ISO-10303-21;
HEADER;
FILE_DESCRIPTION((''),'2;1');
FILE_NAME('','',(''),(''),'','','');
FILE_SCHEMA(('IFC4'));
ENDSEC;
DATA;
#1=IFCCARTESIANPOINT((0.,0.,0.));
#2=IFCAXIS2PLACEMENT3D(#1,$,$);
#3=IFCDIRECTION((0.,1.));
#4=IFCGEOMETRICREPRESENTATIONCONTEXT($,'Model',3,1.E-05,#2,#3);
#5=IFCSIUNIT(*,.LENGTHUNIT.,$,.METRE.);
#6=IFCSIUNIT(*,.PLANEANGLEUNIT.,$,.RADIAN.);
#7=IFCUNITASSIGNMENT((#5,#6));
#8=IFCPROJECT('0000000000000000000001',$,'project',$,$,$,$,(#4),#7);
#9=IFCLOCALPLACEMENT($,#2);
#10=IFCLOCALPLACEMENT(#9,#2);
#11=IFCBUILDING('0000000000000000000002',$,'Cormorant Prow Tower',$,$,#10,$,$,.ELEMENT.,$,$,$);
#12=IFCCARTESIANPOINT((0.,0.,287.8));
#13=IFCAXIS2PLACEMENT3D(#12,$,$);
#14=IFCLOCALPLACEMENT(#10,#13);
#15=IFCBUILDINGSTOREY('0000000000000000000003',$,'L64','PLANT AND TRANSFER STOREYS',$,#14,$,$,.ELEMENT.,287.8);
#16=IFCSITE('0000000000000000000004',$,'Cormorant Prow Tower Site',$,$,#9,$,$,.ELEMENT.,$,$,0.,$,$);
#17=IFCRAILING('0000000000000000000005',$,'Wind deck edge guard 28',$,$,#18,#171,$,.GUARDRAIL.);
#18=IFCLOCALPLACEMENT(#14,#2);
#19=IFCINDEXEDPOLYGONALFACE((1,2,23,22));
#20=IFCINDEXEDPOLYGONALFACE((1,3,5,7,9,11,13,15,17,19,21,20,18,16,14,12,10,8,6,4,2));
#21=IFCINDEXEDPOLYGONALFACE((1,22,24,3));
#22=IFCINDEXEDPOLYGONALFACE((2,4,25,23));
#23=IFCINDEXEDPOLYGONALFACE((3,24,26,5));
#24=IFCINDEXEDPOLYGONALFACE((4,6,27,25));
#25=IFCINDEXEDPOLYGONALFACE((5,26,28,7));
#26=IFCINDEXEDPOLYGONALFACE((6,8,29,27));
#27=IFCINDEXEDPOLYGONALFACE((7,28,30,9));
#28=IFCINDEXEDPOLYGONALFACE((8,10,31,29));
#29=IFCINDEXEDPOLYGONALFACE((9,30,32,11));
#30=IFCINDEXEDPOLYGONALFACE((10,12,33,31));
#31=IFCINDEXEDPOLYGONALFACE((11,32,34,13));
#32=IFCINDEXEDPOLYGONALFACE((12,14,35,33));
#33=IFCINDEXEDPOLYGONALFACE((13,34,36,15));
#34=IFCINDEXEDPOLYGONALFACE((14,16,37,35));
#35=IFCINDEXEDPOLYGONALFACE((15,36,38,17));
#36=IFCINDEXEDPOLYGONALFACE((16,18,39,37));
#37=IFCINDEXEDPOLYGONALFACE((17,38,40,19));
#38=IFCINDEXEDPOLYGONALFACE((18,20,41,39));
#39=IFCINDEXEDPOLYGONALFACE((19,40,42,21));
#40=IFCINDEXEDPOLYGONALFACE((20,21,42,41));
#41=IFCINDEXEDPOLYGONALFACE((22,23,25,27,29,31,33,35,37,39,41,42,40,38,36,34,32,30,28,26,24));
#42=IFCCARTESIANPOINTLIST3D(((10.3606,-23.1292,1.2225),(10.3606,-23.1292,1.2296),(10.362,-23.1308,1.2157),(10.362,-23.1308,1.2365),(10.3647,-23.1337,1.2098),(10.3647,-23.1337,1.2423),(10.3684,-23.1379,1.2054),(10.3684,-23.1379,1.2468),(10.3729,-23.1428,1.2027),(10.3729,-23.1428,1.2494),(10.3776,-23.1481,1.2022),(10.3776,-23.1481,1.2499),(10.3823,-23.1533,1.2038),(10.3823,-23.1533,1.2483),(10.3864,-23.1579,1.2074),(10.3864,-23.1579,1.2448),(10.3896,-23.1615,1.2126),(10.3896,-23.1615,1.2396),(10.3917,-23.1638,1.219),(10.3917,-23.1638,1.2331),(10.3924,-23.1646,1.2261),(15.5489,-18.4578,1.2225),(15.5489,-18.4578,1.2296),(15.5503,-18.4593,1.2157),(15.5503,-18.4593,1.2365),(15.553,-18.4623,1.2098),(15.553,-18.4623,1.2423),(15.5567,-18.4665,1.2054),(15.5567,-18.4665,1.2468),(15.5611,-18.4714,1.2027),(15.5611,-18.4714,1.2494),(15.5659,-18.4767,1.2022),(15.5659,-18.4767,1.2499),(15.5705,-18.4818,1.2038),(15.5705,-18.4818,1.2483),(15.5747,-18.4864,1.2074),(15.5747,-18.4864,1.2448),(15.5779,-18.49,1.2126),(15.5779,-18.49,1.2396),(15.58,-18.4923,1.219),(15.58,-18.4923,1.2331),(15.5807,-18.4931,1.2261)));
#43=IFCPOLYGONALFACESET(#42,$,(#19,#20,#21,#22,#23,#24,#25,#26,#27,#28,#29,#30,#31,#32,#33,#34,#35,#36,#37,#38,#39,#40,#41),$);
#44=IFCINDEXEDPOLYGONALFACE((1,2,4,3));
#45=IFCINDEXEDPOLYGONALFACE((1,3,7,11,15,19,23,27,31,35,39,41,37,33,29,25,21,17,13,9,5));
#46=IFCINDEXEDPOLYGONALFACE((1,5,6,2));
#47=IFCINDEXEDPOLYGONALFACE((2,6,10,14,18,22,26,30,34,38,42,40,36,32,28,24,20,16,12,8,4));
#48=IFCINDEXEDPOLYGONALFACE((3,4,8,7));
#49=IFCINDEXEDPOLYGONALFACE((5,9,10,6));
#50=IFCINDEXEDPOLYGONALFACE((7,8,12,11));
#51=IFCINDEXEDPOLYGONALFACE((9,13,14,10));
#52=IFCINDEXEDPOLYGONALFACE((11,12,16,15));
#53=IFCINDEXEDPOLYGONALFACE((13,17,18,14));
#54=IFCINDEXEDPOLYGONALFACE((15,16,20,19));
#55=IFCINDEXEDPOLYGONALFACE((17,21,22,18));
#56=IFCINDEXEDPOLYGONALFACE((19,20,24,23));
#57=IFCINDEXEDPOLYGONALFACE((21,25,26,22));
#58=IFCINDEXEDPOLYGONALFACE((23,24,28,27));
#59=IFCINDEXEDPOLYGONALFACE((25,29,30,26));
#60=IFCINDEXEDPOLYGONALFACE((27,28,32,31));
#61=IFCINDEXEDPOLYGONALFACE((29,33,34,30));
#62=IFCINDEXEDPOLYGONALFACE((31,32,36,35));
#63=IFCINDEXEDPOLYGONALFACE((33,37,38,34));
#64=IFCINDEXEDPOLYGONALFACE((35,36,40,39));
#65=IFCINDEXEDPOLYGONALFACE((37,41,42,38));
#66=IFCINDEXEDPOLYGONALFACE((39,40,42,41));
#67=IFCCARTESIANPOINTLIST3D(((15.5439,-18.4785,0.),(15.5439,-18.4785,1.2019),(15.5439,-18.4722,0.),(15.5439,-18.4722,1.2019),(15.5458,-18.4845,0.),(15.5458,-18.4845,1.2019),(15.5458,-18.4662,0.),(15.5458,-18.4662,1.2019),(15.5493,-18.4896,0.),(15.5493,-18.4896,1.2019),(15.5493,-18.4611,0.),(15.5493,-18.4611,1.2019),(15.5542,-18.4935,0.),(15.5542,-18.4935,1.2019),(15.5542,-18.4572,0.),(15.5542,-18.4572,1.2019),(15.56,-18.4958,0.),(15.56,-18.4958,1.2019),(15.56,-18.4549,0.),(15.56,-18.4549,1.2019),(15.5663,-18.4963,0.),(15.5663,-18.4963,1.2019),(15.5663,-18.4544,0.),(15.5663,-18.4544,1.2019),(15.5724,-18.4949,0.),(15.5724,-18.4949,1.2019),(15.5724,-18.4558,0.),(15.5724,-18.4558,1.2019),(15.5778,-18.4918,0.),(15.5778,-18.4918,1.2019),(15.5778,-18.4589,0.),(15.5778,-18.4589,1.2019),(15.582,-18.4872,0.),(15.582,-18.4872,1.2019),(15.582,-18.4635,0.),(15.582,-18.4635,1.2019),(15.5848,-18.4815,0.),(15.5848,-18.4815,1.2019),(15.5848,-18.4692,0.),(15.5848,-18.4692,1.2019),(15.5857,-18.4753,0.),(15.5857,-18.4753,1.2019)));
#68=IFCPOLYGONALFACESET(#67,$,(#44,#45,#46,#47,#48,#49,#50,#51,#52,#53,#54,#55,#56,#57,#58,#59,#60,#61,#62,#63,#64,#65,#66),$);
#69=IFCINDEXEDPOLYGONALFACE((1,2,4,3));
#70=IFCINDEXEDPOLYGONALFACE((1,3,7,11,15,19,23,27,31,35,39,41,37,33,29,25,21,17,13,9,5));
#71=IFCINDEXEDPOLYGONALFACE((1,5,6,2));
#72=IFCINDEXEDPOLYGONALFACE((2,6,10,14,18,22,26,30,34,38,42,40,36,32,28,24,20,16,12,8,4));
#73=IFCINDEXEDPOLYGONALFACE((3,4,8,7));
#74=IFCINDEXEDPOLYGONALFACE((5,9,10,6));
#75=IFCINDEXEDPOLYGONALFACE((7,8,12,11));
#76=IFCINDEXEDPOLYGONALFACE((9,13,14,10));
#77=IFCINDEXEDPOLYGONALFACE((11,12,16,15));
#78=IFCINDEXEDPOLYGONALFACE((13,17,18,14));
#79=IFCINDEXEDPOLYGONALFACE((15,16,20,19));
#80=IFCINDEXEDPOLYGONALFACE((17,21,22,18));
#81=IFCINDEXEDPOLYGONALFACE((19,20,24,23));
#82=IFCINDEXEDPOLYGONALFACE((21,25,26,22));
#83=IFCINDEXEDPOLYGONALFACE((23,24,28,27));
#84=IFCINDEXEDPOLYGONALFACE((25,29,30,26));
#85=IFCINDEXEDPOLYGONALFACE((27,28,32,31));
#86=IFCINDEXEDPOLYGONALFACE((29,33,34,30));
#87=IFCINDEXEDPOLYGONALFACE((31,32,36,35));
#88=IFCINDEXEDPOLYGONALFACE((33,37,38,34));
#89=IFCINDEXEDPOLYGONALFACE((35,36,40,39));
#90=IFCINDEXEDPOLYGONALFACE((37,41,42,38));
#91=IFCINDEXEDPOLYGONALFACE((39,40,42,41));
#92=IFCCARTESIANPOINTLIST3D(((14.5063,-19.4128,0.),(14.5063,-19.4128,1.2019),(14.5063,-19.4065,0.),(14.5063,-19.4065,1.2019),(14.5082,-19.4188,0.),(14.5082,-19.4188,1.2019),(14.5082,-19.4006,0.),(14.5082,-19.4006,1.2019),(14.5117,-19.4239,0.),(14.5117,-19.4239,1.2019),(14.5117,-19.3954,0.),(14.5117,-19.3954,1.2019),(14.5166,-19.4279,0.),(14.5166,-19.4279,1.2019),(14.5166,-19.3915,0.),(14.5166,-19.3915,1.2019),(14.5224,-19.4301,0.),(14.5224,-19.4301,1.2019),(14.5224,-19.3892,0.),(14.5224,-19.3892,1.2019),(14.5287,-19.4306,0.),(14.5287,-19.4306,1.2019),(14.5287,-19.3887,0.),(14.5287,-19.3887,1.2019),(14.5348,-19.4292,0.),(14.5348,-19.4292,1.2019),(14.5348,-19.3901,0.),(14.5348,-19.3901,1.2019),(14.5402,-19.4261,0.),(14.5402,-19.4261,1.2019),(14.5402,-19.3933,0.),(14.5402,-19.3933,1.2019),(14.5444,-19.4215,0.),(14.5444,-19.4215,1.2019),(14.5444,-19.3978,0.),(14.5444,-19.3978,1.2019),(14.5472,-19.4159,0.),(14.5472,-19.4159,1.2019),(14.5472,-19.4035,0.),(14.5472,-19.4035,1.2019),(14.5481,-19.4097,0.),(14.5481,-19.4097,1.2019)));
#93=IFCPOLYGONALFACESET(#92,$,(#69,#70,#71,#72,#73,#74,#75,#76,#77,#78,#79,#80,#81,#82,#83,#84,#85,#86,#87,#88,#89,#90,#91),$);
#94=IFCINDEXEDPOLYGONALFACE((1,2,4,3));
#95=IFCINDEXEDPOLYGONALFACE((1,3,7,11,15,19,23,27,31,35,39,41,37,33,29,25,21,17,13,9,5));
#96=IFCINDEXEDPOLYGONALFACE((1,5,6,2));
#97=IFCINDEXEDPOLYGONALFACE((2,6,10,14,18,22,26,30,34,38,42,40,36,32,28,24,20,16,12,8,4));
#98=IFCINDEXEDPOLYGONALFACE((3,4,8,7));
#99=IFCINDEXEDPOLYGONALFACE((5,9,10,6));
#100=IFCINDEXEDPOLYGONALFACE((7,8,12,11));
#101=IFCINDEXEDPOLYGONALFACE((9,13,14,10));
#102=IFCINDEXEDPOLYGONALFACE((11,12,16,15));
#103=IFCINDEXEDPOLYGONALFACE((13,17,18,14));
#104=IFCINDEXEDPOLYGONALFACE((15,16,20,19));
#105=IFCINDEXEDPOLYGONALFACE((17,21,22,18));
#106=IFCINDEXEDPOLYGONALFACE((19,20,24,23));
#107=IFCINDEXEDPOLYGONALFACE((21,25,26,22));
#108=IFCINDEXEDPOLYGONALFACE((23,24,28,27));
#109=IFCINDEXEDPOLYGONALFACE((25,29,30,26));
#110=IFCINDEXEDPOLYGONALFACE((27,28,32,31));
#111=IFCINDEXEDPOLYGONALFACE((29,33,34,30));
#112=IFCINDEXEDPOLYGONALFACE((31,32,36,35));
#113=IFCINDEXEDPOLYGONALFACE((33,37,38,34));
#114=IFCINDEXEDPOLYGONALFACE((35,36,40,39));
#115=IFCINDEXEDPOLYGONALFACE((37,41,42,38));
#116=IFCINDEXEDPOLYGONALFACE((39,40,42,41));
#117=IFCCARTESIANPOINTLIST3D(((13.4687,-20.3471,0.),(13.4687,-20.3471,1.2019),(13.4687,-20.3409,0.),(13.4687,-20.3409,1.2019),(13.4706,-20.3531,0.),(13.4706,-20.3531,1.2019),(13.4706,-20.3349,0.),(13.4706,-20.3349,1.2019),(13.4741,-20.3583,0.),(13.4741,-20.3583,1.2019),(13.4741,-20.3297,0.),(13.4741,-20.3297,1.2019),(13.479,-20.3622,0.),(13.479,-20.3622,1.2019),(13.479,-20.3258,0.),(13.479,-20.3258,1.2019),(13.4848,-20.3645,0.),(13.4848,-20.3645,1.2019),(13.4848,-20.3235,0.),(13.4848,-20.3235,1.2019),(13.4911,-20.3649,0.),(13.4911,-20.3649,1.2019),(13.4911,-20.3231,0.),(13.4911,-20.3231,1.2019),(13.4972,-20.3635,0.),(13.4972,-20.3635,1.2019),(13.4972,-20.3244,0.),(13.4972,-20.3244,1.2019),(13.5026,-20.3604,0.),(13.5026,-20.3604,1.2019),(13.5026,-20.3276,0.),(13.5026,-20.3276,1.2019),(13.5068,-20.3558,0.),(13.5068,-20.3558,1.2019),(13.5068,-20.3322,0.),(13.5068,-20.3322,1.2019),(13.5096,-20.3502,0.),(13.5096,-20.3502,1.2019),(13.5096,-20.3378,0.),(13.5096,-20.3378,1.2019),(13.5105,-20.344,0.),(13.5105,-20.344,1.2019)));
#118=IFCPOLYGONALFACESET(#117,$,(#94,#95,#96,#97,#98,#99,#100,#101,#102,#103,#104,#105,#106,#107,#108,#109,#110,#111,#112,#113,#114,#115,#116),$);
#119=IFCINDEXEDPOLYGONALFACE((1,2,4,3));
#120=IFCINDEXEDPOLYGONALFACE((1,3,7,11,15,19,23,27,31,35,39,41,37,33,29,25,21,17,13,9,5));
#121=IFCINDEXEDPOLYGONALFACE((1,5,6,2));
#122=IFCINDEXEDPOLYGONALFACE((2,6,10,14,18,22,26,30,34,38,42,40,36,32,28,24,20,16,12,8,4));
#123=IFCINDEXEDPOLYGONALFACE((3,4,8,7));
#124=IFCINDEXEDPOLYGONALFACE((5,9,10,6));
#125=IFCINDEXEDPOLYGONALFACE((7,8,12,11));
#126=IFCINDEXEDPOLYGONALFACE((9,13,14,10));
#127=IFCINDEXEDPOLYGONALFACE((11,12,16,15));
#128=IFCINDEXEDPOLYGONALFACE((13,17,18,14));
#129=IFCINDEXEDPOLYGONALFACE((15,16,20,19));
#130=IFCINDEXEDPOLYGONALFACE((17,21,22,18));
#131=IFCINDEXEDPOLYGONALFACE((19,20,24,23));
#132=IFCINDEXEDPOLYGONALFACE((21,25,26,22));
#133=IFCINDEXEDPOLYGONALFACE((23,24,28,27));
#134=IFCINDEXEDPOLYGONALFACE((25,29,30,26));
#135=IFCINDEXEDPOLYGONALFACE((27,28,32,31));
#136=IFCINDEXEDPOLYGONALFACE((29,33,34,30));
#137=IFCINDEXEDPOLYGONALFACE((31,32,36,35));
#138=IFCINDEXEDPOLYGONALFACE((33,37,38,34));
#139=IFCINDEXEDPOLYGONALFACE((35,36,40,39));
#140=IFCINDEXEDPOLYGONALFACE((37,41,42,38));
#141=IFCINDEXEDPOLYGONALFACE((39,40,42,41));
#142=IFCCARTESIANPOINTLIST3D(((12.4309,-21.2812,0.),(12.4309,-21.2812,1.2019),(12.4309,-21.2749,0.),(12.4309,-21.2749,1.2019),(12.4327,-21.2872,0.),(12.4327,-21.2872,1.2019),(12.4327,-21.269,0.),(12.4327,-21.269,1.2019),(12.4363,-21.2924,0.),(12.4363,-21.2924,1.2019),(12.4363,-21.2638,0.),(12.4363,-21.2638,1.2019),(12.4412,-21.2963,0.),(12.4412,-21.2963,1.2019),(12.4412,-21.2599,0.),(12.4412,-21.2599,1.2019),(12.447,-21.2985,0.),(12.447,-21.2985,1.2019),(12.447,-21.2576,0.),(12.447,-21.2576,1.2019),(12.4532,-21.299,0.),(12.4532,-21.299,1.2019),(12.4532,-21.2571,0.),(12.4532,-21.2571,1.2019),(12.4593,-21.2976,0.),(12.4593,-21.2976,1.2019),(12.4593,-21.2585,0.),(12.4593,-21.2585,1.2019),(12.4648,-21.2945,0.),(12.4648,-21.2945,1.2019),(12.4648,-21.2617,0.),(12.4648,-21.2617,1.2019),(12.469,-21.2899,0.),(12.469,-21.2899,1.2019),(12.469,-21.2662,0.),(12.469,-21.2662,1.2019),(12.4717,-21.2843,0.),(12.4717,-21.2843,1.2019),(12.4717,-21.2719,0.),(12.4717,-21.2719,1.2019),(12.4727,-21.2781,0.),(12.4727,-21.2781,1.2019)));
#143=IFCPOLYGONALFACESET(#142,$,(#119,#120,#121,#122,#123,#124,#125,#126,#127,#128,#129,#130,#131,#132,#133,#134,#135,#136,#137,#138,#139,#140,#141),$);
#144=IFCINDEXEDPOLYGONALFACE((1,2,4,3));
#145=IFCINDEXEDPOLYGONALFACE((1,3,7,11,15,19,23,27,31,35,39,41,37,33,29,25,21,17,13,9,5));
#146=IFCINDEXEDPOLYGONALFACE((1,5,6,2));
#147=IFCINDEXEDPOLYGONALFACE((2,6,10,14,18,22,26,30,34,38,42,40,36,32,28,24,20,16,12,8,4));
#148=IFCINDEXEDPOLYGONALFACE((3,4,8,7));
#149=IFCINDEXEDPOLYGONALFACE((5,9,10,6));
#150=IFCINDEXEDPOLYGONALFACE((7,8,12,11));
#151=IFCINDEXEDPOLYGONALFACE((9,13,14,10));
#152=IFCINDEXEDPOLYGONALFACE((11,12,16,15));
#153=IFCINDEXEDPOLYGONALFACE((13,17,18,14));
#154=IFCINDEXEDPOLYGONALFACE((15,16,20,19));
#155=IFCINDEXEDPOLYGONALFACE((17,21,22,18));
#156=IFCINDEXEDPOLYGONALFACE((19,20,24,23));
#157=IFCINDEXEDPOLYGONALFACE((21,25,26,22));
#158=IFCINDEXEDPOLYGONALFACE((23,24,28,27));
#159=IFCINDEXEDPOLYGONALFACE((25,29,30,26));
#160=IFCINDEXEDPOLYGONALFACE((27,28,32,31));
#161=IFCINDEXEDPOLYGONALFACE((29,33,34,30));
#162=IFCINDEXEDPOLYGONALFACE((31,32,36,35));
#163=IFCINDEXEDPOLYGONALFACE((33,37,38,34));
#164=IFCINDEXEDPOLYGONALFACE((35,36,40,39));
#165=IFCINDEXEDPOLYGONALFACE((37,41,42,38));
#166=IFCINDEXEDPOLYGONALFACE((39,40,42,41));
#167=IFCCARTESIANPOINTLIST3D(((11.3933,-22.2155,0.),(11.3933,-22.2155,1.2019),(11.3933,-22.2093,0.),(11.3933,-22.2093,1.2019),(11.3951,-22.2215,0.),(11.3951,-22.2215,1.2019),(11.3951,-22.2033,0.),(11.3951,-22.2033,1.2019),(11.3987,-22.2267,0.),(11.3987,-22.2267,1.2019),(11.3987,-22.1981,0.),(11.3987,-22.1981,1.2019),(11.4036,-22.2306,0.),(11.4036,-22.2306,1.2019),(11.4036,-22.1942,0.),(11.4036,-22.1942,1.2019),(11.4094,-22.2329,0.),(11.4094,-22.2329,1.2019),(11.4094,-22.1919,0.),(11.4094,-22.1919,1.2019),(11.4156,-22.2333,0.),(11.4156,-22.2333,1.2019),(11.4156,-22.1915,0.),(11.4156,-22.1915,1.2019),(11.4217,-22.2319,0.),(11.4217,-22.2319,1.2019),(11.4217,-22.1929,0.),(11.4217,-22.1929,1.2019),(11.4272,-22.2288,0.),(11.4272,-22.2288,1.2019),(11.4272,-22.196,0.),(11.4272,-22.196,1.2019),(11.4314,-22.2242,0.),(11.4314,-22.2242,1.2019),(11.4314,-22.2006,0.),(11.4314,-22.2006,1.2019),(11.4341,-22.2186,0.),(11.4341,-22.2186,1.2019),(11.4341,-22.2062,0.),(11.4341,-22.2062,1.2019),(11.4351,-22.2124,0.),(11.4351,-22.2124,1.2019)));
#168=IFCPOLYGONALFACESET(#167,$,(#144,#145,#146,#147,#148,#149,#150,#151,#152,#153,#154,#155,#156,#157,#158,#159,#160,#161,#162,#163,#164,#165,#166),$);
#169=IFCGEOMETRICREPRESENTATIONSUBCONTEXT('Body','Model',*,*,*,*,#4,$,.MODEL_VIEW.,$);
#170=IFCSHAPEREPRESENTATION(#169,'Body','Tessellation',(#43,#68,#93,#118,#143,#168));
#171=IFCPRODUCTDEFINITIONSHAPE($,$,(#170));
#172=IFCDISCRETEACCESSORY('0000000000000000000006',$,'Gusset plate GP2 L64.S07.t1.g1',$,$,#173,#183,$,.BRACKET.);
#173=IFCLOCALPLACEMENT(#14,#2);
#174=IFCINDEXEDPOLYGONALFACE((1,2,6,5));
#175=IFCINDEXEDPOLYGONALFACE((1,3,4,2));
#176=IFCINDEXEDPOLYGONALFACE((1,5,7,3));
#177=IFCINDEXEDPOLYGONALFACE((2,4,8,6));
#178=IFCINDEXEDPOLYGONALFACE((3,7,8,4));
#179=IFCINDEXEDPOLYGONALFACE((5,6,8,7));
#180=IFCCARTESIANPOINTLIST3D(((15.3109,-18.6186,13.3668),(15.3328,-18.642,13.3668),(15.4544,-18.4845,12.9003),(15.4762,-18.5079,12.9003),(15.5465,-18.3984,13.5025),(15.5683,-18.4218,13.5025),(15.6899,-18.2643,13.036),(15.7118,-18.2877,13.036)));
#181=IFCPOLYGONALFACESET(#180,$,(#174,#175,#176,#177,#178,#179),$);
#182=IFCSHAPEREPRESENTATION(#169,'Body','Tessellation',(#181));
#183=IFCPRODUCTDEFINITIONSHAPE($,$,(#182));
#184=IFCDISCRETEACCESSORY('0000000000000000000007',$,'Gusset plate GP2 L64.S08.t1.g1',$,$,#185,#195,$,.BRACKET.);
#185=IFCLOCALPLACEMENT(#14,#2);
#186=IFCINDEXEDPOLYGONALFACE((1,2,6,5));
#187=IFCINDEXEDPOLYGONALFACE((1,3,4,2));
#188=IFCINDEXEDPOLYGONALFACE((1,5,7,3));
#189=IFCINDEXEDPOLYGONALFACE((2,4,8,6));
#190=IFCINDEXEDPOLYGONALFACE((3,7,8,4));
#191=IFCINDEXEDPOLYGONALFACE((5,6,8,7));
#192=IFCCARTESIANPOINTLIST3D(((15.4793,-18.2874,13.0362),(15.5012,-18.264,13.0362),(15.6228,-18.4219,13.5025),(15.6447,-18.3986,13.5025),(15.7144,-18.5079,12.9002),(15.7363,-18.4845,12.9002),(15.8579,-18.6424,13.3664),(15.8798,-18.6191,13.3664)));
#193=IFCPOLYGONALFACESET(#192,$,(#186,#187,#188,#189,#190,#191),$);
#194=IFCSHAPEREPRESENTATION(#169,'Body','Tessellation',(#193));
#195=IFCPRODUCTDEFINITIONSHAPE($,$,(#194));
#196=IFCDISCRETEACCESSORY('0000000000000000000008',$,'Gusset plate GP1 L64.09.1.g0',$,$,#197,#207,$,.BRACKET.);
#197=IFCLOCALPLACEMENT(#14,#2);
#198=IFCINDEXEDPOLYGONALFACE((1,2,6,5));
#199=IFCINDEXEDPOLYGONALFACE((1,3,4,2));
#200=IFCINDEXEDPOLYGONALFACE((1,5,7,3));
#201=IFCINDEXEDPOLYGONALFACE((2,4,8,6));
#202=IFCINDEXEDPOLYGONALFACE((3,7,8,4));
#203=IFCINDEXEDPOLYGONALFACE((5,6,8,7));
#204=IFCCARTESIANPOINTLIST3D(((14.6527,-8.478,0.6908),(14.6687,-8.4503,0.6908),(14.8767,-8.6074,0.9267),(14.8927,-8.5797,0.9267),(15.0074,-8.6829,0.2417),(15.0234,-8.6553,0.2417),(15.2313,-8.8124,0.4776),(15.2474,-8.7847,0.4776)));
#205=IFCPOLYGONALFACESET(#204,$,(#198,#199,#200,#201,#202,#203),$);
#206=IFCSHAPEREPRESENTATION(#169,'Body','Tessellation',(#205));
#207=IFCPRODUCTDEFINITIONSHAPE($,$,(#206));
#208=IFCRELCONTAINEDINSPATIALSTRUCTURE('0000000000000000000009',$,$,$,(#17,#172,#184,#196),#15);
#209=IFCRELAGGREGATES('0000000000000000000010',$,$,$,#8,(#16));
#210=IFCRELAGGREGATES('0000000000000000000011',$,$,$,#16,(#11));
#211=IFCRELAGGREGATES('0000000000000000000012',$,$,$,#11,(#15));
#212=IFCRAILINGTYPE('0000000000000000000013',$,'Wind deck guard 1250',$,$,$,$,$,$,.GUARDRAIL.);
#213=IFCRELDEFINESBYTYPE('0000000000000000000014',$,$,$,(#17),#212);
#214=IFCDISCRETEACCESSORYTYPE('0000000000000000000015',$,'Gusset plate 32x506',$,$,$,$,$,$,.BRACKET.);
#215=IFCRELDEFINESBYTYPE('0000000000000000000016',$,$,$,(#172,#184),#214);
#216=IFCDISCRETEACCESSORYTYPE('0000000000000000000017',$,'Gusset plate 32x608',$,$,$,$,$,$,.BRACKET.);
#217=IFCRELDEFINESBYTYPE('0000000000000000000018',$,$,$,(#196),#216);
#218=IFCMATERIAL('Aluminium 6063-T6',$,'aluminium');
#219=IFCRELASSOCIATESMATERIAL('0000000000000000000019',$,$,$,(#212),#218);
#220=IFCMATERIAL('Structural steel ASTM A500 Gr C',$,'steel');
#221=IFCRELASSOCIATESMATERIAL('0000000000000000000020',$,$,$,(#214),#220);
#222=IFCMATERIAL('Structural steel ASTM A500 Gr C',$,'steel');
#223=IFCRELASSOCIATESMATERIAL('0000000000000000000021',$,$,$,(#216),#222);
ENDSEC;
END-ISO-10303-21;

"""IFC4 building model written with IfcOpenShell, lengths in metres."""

from ifc_helpers import new_model, si_unit, direction, frame, origin, origin_2d, place, context, subcontext, project, spatial, rectangle, circle, extrude, material, material_profile, profile_set, type_object, element, save


model = new_model("IFC4")

# Units and contexts
model_context = context("Model", 3, precision=1e-05, world=origin(), true_north=direction((0.0, 1.0)))
body_context = subcontext(model_context, "Body", "Model", "MODEL_VIEW")
ifc_project = project(units=[si_unit("LENGTHUNIT", "METRE"), si_unit("PLANEANGLEUNIT", "RADIAN")], contexts=[model_context])

# Site, building, storey
site_placement = place(None, origin())
site = spatial("IfcSite", under=ifc_project, at=site_placement, Name="Cormorant Prow Tower Site", CompositionType="ELEMENT", RefElevation=0.0)
building_placement = place(site_placement, origin())
building = spatial("IfcBuilding", under=site, at=building_placement, Name="Cormorant Prow Tower", CompositionType="ELEMENT")
storey_placement = place(building_placement, frame((0.0, 0.0, 287.8)))
storey = spatial("IfcBuildingStorey", under=building, at=storey_placement, Name="L64", Description="PLANT AND TRANSFER STOREYS", CompositionType="ELEMENT", Elevation=287.8)

# Railing
ifc_material_1 = material(Name="Aluminium 6063-T6", Category="aluminium")
railing_type_1 = type_object("IfcRailingType", Name="Wind deck guard 1250", PredefinedType="GUARDRAIL", material=ifc_material_1)
railing_placement = place(storey_placement, frame((15.5647, -18.4753, 0.0)))
element("IfcRailing", 1, at=railing_placement, inside=storey, type_object=railing_type_1, Name="Wind deck edge guard 28", PredefinedType="GUARDRAIL", context=body_context, shape_type="SweptSolid", body=[
    extrude(circle(Radius=0.0239, at=origin_2d()), frame((0.0, 0.0, 1.2261), z_axis=(-0.743153, -0.669121, 0.0), x_axis=(0.669121, -0.743153, 0.0)), (0.0, 0.0, 1.0), 6.9814),
    extrude(circle(Radius=0.021, at=origin_2d()), origin(), (0.0, 0.0, 1.0), 1.2019),
    extrude(circle(Radius=0.021, at=origin_2d()), frame((-1.0376, -0.9343, 0.0)), (0.0, 0.0, 1.0), 1.2019),
    extrude(circle(Radius=0.021, at=origin_2d()), frame((-2.0752, -1.8687, 0.0)), (0.0, 0.0, 1.0), 1.2019),
    extrude(circle(Radius=0.021, at=origin_2d()), frame((-3.113, -2.8027, 0.0)), (0.0, 0.0, 1.0), 1.2019),
    extrude(circle(Radius=0.021, at=origin_2d()), frame((-4.1506, -3.7371, 0.0)), (0.0, 0.0, 1.0), 1.2019),
])

# Discrete accessories
ifc_material_2 = material(Name="Structural steel ASTM A500 Gr C", Category="steel")
ifc_material_profile_1 = material_profile(ifc_material_2, rectangle(XDim=0.032, YDim=0.5061, at=origin_2d()), Name="Gusset plate 32x506")
ifc_profile_set_1 = profile_set([ifc_material_profile_1], Name="Structural steel ASTM A500 Gr C")
discrete_accessory_type_1 = type_object("IfcDiscreteAccessoryType", Name="Gusset plate 32x506", PredefinedType="BRACKET", material=ifc_profile_set_1)
for number, where, z_axis, x_axis, name in (
    (2, (15.3936, -18.5632, 13.1335), (0.673334, 0.629376, 0.387952), (-0.682858, 0.730552, 0.0), "Gusset plate GP2 L64.S07.t1.g1"),
    (3, (15.7971, -18.5635, 13.1333), (-0.672092, 0.630217, 0.388739), (-0.684017, -0.729466, 0.0), "Gusset plate GP2 L64.S08.t1.g1"),
):
    element("IfcDiscreteAccessory", number, at=place(storey_placement, frame(where, z_axis=z_axis, x_axis=x_axis)), inside=storey, type_object=discrete_accessory_type_1, Name=name, PredefinedType="BRACKET", context=body_context, shape_type="SweptSolid", body=[
        extrude(rectangle(XDim=0.032, YDim=0.5061, at=origin_2d()), origin(), (0.0, 0.0, 1.0), 0.3499),
    ])
ifc_material_3 = material(Name="Structural steel ASTM A500 Gr C", Category="steel")
ifc_material_profile_2 = material_profile(ifc_material_3, rectangle(XDim=0.032, YDim=0.6079, at=origin_2d()), Name="Gusset plate 32x608")
ifc_profile_set_2 = profile_set([ifc_material_profile_2], Name="Structural steel ASTM A500 Gr C")
discrete_accessory_type_2 = type_object("IfcDiscreteAccessoryType", Name="Gusset plate 32x608", PredefinedType="BRACKET", material=ifc_profile_set_2)
discrete_accessory_1_placement = place(storey_placement, frame((15.062, -8.696, 0.7021), z_axis=(-0.63969, 0.369722, -0.673871), x_axis=(-0.500403, -0.865792, 0.0)))
element("IfcDiscreteAccessory", 4, at=discrete_accessory_1_placement, inside=storey, type_object=discrete_accessory_type_2, Name="Gusset plate GP1 L64.09.1.g0", PredefinedType="BRACKET", context=body_context, shape_type="SweptSolid", body=[
    extrude(rectangle(XDim=0.032, YDim=0.6079, at=origin_2d()), origin(), (0.0, 0.0, 1.0), 0.3501),
])

save(model, "model.ifc")
